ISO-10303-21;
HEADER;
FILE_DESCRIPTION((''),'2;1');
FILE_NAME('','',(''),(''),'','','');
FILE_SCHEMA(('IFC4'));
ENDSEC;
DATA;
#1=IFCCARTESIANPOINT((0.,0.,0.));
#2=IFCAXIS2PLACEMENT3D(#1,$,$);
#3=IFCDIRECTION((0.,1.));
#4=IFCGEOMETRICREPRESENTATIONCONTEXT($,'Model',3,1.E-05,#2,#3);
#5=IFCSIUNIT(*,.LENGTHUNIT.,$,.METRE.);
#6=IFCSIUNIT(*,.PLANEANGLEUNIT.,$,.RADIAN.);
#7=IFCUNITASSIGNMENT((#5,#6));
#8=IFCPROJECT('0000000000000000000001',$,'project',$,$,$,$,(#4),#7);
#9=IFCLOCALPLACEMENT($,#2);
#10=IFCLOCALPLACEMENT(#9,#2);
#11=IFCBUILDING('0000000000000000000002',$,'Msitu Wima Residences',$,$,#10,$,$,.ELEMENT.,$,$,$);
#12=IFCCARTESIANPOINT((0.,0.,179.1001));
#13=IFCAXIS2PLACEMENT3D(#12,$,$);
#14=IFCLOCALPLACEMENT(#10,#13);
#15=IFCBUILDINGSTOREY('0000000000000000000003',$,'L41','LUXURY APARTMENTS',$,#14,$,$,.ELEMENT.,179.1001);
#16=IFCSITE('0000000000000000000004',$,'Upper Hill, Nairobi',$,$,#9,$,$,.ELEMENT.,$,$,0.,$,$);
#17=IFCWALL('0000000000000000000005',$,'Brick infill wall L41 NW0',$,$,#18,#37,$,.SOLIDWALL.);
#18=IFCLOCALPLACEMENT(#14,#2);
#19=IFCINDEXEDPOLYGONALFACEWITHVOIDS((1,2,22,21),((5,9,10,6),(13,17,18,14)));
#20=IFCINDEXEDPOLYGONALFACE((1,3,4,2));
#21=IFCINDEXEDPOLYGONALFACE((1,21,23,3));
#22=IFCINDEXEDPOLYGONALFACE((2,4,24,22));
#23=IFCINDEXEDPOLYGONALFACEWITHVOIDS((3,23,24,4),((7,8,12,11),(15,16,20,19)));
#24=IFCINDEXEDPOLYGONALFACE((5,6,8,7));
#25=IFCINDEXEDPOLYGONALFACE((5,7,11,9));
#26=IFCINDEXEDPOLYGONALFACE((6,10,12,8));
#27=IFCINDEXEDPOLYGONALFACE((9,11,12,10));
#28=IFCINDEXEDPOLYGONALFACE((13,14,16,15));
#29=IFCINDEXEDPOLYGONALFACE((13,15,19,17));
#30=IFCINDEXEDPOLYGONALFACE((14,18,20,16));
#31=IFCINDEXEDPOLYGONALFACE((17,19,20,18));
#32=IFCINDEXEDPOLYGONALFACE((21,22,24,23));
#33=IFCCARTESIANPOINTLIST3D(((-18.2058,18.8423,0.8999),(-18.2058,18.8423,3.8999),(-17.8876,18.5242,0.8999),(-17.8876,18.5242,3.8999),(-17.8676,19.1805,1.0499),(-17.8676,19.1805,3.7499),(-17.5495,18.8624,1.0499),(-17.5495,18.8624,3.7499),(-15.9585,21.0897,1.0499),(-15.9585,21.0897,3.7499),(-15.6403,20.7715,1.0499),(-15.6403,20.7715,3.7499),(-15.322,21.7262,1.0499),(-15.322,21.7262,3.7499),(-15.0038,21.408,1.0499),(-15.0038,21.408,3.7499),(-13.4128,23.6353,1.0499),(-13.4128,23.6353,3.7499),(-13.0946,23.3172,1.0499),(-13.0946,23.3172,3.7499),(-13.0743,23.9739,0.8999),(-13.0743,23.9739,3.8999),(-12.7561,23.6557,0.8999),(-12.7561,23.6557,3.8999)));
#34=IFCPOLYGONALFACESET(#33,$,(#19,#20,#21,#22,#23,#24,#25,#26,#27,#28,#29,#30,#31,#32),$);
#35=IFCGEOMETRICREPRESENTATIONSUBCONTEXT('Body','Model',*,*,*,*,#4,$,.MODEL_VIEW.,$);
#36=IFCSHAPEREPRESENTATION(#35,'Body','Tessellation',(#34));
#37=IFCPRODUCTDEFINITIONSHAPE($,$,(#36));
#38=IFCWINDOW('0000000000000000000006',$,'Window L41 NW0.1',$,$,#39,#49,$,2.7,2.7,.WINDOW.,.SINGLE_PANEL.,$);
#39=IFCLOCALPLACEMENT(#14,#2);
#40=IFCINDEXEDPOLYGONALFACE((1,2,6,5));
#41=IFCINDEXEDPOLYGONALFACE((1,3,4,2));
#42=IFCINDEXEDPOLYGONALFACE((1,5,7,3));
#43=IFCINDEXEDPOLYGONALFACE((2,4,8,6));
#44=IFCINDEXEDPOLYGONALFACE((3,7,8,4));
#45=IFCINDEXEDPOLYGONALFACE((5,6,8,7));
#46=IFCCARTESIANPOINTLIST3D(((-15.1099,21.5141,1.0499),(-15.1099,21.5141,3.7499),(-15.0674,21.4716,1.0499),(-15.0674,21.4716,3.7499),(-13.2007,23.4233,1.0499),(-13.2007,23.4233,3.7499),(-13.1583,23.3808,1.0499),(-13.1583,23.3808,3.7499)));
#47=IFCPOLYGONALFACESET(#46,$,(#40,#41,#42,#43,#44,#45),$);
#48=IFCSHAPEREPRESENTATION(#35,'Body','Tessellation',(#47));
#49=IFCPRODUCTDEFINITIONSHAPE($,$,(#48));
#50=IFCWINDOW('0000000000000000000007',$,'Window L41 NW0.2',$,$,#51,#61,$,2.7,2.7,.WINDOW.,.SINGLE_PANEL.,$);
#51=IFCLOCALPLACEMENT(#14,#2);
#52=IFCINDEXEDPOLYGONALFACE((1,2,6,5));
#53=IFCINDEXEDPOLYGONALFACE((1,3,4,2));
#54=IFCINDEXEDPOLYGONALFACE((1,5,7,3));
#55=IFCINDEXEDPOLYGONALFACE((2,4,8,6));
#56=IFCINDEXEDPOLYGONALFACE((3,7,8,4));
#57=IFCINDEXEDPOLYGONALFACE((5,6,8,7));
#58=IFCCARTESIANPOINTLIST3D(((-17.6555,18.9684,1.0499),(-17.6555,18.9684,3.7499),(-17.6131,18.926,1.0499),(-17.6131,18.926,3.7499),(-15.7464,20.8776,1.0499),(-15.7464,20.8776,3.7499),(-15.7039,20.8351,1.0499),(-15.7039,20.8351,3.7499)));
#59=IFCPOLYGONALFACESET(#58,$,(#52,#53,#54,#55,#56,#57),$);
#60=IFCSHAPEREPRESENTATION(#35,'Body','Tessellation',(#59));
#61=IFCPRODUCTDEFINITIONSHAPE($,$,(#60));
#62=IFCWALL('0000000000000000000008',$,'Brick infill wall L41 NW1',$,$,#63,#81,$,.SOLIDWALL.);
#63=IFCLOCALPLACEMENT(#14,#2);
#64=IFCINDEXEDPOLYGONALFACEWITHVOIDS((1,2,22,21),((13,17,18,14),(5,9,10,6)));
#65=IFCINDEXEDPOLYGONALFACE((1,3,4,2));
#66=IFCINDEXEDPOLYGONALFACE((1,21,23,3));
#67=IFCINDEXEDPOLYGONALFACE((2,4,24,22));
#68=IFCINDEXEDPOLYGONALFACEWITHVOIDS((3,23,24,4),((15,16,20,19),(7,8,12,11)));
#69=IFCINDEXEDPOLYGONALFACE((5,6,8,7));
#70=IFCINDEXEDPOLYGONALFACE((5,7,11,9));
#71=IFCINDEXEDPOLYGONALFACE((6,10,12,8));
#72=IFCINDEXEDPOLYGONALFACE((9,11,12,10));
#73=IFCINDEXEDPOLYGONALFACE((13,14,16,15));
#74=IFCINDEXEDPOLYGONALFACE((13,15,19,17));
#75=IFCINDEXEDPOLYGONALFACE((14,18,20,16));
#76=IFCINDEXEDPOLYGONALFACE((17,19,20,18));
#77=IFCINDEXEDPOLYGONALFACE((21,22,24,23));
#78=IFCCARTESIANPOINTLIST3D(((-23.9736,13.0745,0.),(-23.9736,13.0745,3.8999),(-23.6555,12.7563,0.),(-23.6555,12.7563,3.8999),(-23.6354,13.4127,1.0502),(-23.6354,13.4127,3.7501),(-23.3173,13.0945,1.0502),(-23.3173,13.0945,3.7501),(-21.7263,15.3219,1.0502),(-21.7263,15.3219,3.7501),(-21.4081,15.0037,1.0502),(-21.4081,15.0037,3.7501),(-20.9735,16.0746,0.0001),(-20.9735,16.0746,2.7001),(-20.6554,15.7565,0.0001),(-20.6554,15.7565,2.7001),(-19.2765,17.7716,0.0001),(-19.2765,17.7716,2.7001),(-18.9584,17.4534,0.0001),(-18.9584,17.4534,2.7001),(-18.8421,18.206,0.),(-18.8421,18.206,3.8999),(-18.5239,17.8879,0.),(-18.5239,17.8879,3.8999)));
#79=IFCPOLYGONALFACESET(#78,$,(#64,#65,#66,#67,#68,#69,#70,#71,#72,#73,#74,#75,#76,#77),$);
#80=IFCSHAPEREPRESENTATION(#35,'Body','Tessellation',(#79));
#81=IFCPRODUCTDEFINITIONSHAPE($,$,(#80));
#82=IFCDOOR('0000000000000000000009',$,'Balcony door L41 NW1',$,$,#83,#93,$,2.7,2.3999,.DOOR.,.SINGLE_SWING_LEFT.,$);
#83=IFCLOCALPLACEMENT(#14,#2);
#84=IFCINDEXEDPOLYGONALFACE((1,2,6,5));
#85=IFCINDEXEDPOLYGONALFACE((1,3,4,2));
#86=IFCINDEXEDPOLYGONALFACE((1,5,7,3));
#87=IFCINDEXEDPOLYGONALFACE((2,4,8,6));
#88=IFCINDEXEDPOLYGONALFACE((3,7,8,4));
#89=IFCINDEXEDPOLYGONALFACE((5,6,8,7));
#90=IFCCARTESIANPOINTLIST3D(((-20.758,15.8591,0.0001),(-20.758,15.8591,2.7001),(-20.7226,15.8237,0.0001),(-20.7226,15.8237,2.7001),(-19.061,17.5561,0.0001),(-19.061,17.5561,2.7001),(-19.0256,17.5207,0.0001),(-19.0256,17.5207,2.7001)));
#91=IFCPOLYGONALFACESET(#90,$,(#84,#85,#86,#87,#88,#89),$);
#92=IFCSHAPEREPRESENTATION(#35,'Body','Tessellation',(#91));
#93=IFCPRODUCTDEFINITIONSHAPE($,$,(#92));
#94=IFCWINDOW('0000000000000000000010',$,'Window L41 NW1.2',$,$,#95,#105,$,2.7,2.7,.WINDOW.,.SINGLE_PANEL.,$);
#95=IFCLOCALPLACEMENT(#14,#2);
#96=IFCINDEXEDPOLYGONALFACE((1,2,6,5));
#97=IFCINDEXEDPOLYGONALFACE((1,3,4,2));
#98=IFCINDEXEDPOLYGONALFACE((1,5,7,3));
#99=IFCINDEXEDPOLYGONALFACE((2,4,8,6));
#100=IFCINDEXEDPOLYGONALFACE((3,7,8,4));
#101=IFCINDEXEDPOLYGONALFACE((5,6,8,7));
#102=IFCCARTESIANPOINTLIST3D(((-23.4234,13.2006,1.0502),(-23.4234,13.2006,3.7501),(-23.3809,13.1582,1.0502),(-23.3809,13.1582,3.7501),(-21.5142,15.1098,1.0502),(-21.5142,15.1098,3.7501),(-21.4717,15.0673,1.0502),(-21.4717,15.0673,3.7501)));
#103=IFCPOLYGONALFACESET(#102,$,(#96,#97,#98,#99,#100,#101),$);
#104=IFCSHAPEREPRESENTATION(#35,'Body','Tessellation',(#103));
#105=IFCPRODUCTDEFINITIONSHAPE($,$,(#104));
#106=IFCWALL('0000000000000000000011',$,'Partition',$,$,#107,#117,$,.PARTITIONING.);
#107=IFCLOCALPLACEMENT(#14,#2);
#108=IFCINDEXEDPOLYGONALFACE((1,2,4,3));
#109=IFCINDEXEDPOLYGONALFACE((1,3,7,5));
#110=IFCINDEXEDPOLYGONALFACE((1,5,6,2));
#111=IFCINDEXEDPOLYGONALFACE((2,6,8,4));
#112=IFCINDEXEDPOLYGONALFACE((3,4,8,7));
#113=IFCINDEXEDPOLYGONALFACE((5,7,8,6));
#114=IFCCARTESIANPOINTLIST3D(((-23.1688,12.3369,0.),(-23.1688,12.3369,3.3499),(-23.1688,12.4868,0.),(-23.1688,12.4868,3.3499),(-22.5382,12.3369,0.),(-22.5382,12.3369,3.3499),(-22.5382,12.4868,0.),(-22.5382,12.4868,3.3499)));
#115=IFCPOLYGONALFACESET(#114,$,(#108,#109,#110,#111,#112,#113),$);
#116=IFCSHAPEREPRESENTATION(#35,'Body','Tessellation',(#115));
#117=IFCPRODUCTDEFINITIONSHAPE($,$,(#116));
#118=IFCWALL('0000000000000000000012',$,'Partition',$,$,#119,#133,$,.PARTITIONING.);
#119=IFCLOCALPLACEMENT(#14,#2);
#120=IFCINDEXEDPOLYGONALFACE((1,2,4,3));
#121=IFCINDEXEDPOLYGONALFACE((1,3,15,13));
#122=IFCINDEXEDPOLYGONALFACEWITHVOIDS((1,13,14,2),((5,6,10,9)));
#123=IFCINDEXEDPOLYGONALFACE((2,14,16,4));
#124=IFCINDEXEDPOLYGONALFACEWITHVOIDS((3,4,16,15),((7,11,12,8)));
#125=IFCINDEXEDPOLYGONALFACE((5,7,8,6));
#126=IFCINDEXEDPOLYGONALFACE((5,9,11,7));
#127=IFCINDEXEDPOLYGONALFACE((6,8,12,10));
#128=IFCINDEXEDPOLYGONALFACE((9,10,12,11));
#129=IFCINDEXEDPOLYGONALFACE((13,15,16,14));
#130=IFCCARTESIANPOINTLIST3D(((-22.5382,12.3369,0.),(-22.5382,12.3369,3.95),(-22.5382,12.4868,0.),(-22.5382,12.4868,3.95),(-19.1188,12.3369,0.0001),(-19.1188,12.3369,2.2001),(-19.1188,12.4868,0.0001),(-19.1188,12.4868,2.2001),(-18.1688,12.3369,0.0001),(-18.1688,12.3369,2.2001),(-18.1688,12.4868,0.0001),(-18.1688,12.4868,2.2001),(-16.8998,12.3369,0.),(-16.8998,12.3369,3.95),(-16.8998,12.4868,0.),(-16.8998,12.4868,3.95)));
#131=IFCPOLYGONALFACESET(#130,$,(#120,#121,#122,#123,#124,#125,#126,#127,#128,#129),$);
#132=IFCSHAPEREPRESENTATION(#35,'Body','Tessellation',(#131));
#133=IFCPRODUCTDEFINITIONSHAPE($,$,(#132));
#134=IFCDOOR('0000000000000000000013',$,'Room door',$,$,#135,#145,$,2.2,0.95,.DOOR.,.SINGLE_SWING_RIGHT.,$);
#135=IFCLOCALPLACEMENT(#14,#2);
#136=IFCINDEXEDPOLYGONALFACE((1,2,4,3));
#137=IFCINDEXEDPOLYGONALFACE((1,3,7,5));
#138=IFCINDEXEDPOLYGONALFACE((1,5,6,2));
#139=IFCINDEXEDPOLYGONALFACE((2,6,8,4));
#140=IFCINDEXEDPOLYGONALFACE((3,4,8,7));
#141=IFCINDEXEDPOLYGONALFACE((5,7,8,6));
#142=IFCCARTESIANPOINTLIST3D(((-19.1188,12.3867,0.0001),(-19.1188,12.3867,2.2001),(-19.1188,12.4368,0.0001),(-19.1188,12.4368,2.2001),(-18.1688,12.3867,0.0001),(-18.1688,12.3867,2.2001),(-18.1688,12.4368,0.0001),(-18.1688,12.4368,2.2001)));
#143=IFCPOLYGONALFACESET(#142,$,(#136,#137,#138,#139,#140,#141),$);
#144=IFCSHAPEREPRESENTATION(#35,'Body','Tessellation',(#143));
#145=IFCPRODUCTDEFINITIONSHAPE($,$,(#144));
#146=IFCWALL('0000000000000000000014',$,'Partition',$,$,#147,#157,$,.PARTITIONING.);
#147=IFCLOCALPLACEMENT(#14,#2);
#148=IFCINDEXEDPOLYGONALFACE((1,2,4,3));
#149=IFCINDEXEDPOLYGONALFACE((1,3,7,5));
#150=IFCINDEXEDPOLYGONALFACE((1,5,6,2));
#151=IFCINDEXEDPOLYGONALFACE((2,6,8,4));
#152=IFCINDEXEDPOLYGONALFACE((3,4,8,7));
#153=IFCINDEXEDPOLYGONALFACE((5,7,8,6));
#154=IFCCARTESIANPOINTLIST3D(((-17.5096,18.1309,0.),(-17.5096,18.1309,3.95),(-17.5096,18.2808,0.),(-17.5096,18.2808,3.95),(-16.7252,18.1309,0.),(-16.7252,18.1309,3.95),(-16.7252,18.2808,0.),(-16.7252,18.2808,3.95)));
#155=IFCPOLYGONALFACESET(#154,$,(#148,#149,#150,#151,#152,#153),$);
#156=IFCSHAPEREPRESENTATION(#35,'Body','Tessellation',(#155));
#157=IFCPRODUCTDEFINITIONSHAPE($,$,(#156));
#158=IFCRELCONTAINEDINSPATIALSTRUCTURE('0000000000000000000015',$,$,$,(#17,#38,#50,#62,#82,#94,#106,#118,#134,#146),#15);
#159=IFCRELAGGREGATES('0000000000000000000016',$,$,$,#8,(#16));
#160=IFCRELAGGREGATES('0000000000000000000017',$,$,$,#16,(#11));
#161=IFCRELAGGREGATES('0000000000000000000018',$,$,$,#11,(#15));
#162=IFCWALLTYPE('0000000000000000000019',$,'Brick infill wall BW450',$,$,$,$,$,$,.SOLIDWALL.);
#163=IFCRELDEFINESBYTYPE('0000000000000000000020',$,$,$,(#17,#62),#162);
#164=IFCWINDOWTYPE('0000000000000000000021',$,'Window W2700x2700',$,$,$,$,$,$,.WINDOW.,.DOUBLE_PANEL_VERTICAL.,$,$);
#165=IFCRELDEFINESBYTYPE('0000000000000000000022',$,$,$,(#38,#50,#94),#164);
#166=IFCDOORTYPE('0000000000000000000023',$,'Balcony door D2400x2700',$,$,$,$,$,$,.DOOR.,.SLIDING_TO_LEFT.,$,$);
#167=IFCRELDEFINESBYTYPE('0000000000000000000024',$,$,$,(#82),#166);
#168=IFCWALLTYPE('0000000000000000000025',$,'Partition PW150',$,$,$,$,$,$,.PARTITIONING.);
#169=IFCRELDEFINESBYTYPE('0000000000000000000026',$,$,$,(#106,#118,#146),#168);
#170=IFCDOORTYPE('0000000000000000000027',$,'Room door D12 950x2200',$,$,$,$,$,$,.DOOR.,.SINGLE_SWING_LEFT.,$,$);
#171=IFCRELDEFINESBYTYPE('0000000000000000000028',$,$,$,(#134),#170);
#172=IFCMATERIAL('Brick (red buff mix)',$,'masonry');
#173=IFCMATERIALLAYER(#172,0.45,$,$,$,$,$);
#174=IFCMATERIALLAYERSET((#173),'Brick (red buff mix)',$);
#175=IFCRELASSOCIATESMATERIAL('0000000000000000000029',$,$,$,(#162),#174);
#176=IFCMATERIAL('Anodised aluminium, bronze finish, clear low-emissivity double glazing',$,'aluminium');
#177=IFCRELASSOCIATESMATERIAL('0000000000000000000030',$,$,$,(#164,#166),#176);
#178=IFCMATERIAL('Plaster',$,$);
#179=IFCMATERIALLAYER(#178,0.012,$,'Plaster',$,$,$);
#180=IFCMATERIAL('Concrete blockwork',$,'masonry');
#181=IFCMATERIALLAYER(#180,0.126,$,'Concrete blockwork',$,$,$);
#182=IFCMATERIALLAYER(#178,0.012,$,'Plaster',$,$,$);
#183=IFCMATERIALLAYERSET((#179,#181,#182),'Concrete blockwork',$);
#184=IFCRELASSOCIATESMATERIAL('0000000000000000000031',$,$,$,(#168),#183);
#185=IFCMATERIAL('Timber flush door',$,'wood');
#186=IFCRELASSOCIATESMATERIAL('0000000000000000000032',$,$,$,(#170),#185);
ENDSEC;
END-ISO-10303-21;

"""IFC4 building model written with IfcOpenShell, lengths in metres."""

from ifc_helpers import new_model, si_unit, direction, frame, frame_2d, origin, place, context, subcontext, project, spatial, rectangle, extrude, material, layer, layer_set, type_object, element, fill, save


model = new_model("IFC4")

# Units and contexts
model_context = context("Model", 3, precision=1e-05, world=origin(), true_north=direction((0.0, 1.0)))
body_context = subcontext(model_context, "Body", "Model", "MODEL_VIEW")
ifc_project = project(units=[si_unit("LENGTHUNIT", "METRE"), si_unit("PLANEANGLEUNIT", "RADIAN")], contexts=[model_context])

# Site, building, storey
site_placement = place(None, origin())
site = spatial("IfcSite", under=ifc_project, at=site_placement, Name="Upper Hill, Nairobi", CompositionType="ELEMENT", RefElevation=0.0)
building_placement = place(site_placement, origin())
building = spatial("IfcBuilding", under=site, at=building_placement, Name="Msitu Wima Residences", CompositionType="ELEMENT")
storey_placement = place(building_placement, frame((0.0, 0.0, 179.1001)))
storey = spatial("IfcBuildingStorey", under=building, at=storey_placement, Name="L41", Description="LUXURY APARTMENTS", CompositionType="ELEMENT", Elevation=179.1001)

# Wall, openings, windows
ifc_material_1 = material(Name="Brick (red buff mix)", Category="masonry")
ifc_layer_1 = layer(ifc_material_1, 0.45)
ifc_layer_set_1 = layer_set([ifc_layer_1], Name="Brick (red buff mix)")
wall_type_1 = type_object("IfcWallType", Name="Brick infill wall BW450", PredefinedType="SOLIDWALL", material=ifc_layer_set_1)
wall_1_placement = place(storey_placement, frame((-12.9153, 23.8147, 0.8999), z_axis=(0.0, 0.0, 1.0), x_axis=(-0.707107, -0.707107, 0.0)))
wall_1 = element("IfcWall", 1, at=wall_1_placement, inside=storey, type_object=wall_type_1, Name="Brick infill wall L41 NW0", PredefinedType="SOLIDWALL", context=body_context, shape_type="SweptSolid", body=[
    extrude(rectangle(XDim=7.2571, YDim=0.45, at=frame_2d((3.6284, 0.0))), origin(), (0.0, 0.0, 1.0), 3.0),
])
opening_1_placement = place(wall_1_placement, frame((0.4785, 0.0, 0.1499)))
opening_1 = element("IfcOpeningElement", 2, at=opening_1_placement, cuts=wall_1, PredefinedType="OPENING", context=body_context, shape_type="SweptSolid", body=[
    extrude(rectangle(XDim=2.7, YDim=2.7, at=frame_2d((1.3501, 1.3501))), frame((0.0, 0.2349, 0.0), z_axis=(0.0, -1.0, 0.0), x_axis=(1.0, 0.0, 0.0)), (0.0, 0.0, 1.0), 0.47),
])
opening_2_placement = place(wall_1_placement, frame((4.0786, 0.0, 0.1499)))
opening_2 = element("IfcOpeningElement", 3, at=opening_2_placement, cuts=wall_1, PredefinedType="OPENING", context=body_context, shape_type="SweptSolid", body=[
    extrude(rectangle(XDim=2.7, YDim=2.7, at=frame_2d((1.3501, 1.3501))), frame((0.0, 0.2349, 0.0), z_axis=(0.0, -1.0, 0.0), x_axis=(1.0, 0.0, 0.0)), (0.0, 0.0, 1.0), 0.47),
])
ifc_material_2 = material(Name="Anodised aluminium, bronze finish, clear low-emissivity double glazing", Category="aluminium")
window_type = type_object("IfcWindowType", Name="Window W2700x2700", PartitioningType="DOUBLE_PANEL_VERTICAL", PredefinedType="WINDOW", material=ifc_material_2)
window_1_placement = place(opening_1_placement, origin())
window_1 = element("IfcWindow", 4, at=window_1_placement, inside=storey, type_object=window_type, Name="Window L41 NW0.1", OverallHeight=2.7, OverallWidth=2.7, PartitioningType="SINGLE_PANEL", PredefinedType="WINDOW", context=body_context, shape_type="SweptSolid", body=[
    extrude(rectangle(XDim=2.7, YDim=2.7, at=frame_2d((1.3501, 1.3501))), frame((0.0, 0.135, 0.0), z_axis=(0.0, -1.0, 0.0), x_axis=(1.0, 0.0, 0.0)), (0.0, 0.0, 1.0), 0.0601),
])
fill(opening_1, window_1)
window_2_placement = place(opening_2_placement, origin())
window_2 = element("IfcWindow", 5, at=window_2_placement, inside=storey, type_object=window_type, Name="Window L41 NW0.2", OverallHeight=2.7, OverallWidth=2.7, PartitioningType="SINGLE_PANEL", PredefinedType="WINDOW", context=body_context, shape_type="SweptSolid", body=[
    extrude(rectangle(XDim=2.7, YDim=2.7, at=frame_2d((1.3501, 1.3501))), frame((0.0, 0.135, 0.0), z_axis=(0.0, -1.0, 0.0), x_axis=(1.0, 0.0, 0.0)), (0.0, 0.0, 1.0), 0.0601),
])
fill(opening_2, window_2)

# Wall, openings, door, window
wall_2_placement = place(storey_placement, frame((-18.6831, 18.0469, 0.0), z_axis=(0.0, 0.0, 1.0), x_axis=(-0.707107, -0.707107, 0.0)))
wall_2 = element("IfcWall", 6, at=wall_2_placement, inside=storey, type_object=wall_type_1, Name="Brick infill wall L41 NW1", PredefinedType="SOLIDWALL", context=body_context, shape_type="SweptSolid", body=[
    extrude(rectangle(XDim=7.2571, YDim=0.45, at=frame_2d((3.6284, 0.0))), origin(), (0.0, 0.0, 1.0), 3.8999),
])
opening_3_placement = place(wall_2_placement, frame((0.6143, 0.0, 0.0)))
opening_3 = element("IfcOpeningElement", 7, at=opening_3_placement, cuts=wall_2, PredefinedType="OPENING", context=body_context, shape_type="SweptSolid", body=[
    extrude(rectangle(XDim=2.3999, YDim=2.7, at=frame_2d((1.2, 1.3501))), frame((0.0, 0.2349, 0.0), z_axis=(0.0, -1.0, 0.0), x_axis=(1.0, 0.0, 0.0)), (0.0, 0.0, 1.0), 0.47),
])
opening_4_placement = place(wall_2_placement, frame((4.0786, 0.0, 1.05)))
opening_4 = element("IfcOpeningElement", 8, at=opening_4_placement, cuts=wall_2, PredefinedType="OPENING", context=body_context, shape_type="SweptSolid", body=[
    extrude(rectangle(XDim=2.7, YDim=2.7, at=frame_2d((1.3501, 1.3501))), frame((0.0, 0.2349, 0.0), z_axis=(0.0, -1.0, 0.0), x_axis=(1.0, 0.0, 0.0)), (0.0, 0.0, 1.0), 0.47),
])
door_type_1 = type_object("IfcDoorType", Name="Balcony door D2400x2700", OperationType="SLIDING_TO_LEFT", PredefinedType="DOOR", material=ifc_material_2)
door_1_placement = place(opening_3_placement, origin())
door_1 = element("IfcDoor", 9, at=door_1_placement, inside=storey, type_object=door_type_1, Name="Balcony door L41 NW1", OperationType="SINGLE_SWING_LEFT", OverallHeight=2.7, OverallWidth=2.3999, PredefinedType="DOOR", context=body_context, shape_type="SweptSolid", body=[
    extrude(rectangle(XDim=2.3999, YDim=2.7, at=frame_2d((1.2, 1.3501))), frame((0.0, 0.1299, 0.0), z_axis=(0.0, -1.0, 0.0), x_axis=(1.0, 0.0, 0.0)), (0.0, 0.0, 1.0), 0.05),
])
fill(opening_3, door_1)
window_3_placement = place(opening_4_placement, origin())
window_3 = element("IfcWindow", 10, at=window_3_placement, inside=storey, type_object=window_type, Name="Window L41 NW1.2", OverallHeight=2.7, OverallWidth=2.7, PartitioningType="SINGLE_PANEL", PredefinedType="WINDOW", context=body_context, shape_type="SweptSolid", body=[
    extrude(rectangle(XDim=2.7, YDim=2.7, at=frame_2d((1.3501, 1.3501))), frame((0.0, 0.135, 0.0), z_axis=(0.0, -1.0, 0.0), x_axis=(1.0, 0.0, 0.0)), (0.0, 0.0, 1.0), 0.0601),
])
fill(opening_4, window_3)

# Shared definitions
ifc_material_3 = material(Name="Plaster")
ifc_material_4 = material(Name="Concrete blockwork", Category="masonry")

# Wall
ifc_layer_2 = layer(ifc_material_3, 0.012, Name="Plaster")
ifc_layer_3 = layer(ifc_material_4, 0.126, Name="Concrete blockwork")
ifc_layer_4 = layer(ifc_material_3, 0.012, Name="Plaster")
ifc_layer_set_2 = layer_set([ifc_layer_2, ifc_layer_3, ifc_layer_4], Name="Concrete blockwork")
wall_type_2 = type_object("IfcWallType", Name="Partition PW150", PredefinedType="PARTITIONING", material=ifc_layer_set_2)
wall_3_placement = place(storey_placement, frame((-23.1689, 12.4119, 0.0), z_axis=(0.0, 0.0, 1.0), x_axis=(1.0, 0.0, 0.0)))
element("IfcWall", 11, at=wall_3_placement, inside=storey, type_object=wall_type_2, Name="Partition", PredefinedType="PARTITIONING", context=body_context, shape_type="SweptSolid", body=[
    extrude(rectangle(XDim=0.6306, YDim=0.1499, at=frame_2d((0.3154, 0.0))), origin(), (0.0, 0.0, 1.0), 3.3499),
])

# Wall, opening, door
wall_4_placement = place(storey_placement, frame((-22.5383, 12.4119, 0.0), z_axis=(0.0, 0.0, 1.0), x_axis=(1.0, 0.0, 0.0)))
wall_4 = element("IfcWall", 12, at=wall_4_placement, inside=storey, type_object=wall_type_2, Name="Partition", PredefinedType="PARTITIONING", context=body_context, shape_type="SweptSolid", body=[
    extrude(rectangle(XDim=5.6384, YDim=0.1499, at=frame_2d((2.8193, 0.0))), origin(), (0.0, 0.0, 1.0), 3.95),
])
opening_5_placement = place(wall_4_placement, frame((3.4194, 0.0, 0.0)))
opening_5 = element("IfcOpeningElement", 13, at=opening_5_placement, cuts=wall_4, PredefinedType="OPENING", context=body_context, shape_type="SweptSolid", body=[
    extrude(rectangle(XDim=0.95, YDim=2.2, at=frame_2d((0.4751, 1.1001))), frame((0.0, 0.085, 0.0), z_axis=(0.0, -1.0, 0.0), x_axis=(1.0, 0.0, 0.0)), (0.0, 0.0, 1.0), 0.1699),
])
ifc_material_5 = material(Name="Timber flush door", Category="wood")
door_type_2 = type_object("IfcDoorType", Name="Room door D12 950x2200", OperationType="SINGLE_SWING_LEFT", PredefinedType="DOOR", material=ifc_material_5)
door_2_placement = place(opening_5_placement, origin())
door_2 = element("IfcDoor", 14, at=door_2_placement, inside=storey, type_object=door_type_2, Name="Room door", OperationType="SINGLE_SWING_RIGHT", OverallHeight=2.2, OverallWidth=0.95, PredefinedType="DOOR", context=body_context, shape_type="SweptSolid", body=[
    extrude(rectangle(XDim=0.95, YDim=2.2, at=frame_2d((0.4751, 1.1001))), frame((0.0, 0.0249, 0.0), z_axis=(0.0, -1.0, 0.0), x_axis=(1.0, 0.0, 0.0)), (0.0, 0.0, 1.0), 0.05),
])
fill(opening_5, door_2)

# Wall
wall_5_placement = place(storey_placement, frame((-17.5095, 18.2058, 0.0), z_axis=(0.0, 0.0, 1.0), x_axis=(1.0, 0.0, 0.0)))
element("IfcWall", 15, at=wall_5_placement, inside=storey, type_object=wall_type_2, Name="Partition", PredefinedType="PARTITIONING", context=body_context, shape_type="SweptSolid", body=[
    extrude(rectangle(XDim=0.7844, YDim=0.1499, at=frame_2d((0.3921, 0.0))), origin(), (0.0, 0.0, 1.0), 3.95),
])

save(model, "model.ifc")
